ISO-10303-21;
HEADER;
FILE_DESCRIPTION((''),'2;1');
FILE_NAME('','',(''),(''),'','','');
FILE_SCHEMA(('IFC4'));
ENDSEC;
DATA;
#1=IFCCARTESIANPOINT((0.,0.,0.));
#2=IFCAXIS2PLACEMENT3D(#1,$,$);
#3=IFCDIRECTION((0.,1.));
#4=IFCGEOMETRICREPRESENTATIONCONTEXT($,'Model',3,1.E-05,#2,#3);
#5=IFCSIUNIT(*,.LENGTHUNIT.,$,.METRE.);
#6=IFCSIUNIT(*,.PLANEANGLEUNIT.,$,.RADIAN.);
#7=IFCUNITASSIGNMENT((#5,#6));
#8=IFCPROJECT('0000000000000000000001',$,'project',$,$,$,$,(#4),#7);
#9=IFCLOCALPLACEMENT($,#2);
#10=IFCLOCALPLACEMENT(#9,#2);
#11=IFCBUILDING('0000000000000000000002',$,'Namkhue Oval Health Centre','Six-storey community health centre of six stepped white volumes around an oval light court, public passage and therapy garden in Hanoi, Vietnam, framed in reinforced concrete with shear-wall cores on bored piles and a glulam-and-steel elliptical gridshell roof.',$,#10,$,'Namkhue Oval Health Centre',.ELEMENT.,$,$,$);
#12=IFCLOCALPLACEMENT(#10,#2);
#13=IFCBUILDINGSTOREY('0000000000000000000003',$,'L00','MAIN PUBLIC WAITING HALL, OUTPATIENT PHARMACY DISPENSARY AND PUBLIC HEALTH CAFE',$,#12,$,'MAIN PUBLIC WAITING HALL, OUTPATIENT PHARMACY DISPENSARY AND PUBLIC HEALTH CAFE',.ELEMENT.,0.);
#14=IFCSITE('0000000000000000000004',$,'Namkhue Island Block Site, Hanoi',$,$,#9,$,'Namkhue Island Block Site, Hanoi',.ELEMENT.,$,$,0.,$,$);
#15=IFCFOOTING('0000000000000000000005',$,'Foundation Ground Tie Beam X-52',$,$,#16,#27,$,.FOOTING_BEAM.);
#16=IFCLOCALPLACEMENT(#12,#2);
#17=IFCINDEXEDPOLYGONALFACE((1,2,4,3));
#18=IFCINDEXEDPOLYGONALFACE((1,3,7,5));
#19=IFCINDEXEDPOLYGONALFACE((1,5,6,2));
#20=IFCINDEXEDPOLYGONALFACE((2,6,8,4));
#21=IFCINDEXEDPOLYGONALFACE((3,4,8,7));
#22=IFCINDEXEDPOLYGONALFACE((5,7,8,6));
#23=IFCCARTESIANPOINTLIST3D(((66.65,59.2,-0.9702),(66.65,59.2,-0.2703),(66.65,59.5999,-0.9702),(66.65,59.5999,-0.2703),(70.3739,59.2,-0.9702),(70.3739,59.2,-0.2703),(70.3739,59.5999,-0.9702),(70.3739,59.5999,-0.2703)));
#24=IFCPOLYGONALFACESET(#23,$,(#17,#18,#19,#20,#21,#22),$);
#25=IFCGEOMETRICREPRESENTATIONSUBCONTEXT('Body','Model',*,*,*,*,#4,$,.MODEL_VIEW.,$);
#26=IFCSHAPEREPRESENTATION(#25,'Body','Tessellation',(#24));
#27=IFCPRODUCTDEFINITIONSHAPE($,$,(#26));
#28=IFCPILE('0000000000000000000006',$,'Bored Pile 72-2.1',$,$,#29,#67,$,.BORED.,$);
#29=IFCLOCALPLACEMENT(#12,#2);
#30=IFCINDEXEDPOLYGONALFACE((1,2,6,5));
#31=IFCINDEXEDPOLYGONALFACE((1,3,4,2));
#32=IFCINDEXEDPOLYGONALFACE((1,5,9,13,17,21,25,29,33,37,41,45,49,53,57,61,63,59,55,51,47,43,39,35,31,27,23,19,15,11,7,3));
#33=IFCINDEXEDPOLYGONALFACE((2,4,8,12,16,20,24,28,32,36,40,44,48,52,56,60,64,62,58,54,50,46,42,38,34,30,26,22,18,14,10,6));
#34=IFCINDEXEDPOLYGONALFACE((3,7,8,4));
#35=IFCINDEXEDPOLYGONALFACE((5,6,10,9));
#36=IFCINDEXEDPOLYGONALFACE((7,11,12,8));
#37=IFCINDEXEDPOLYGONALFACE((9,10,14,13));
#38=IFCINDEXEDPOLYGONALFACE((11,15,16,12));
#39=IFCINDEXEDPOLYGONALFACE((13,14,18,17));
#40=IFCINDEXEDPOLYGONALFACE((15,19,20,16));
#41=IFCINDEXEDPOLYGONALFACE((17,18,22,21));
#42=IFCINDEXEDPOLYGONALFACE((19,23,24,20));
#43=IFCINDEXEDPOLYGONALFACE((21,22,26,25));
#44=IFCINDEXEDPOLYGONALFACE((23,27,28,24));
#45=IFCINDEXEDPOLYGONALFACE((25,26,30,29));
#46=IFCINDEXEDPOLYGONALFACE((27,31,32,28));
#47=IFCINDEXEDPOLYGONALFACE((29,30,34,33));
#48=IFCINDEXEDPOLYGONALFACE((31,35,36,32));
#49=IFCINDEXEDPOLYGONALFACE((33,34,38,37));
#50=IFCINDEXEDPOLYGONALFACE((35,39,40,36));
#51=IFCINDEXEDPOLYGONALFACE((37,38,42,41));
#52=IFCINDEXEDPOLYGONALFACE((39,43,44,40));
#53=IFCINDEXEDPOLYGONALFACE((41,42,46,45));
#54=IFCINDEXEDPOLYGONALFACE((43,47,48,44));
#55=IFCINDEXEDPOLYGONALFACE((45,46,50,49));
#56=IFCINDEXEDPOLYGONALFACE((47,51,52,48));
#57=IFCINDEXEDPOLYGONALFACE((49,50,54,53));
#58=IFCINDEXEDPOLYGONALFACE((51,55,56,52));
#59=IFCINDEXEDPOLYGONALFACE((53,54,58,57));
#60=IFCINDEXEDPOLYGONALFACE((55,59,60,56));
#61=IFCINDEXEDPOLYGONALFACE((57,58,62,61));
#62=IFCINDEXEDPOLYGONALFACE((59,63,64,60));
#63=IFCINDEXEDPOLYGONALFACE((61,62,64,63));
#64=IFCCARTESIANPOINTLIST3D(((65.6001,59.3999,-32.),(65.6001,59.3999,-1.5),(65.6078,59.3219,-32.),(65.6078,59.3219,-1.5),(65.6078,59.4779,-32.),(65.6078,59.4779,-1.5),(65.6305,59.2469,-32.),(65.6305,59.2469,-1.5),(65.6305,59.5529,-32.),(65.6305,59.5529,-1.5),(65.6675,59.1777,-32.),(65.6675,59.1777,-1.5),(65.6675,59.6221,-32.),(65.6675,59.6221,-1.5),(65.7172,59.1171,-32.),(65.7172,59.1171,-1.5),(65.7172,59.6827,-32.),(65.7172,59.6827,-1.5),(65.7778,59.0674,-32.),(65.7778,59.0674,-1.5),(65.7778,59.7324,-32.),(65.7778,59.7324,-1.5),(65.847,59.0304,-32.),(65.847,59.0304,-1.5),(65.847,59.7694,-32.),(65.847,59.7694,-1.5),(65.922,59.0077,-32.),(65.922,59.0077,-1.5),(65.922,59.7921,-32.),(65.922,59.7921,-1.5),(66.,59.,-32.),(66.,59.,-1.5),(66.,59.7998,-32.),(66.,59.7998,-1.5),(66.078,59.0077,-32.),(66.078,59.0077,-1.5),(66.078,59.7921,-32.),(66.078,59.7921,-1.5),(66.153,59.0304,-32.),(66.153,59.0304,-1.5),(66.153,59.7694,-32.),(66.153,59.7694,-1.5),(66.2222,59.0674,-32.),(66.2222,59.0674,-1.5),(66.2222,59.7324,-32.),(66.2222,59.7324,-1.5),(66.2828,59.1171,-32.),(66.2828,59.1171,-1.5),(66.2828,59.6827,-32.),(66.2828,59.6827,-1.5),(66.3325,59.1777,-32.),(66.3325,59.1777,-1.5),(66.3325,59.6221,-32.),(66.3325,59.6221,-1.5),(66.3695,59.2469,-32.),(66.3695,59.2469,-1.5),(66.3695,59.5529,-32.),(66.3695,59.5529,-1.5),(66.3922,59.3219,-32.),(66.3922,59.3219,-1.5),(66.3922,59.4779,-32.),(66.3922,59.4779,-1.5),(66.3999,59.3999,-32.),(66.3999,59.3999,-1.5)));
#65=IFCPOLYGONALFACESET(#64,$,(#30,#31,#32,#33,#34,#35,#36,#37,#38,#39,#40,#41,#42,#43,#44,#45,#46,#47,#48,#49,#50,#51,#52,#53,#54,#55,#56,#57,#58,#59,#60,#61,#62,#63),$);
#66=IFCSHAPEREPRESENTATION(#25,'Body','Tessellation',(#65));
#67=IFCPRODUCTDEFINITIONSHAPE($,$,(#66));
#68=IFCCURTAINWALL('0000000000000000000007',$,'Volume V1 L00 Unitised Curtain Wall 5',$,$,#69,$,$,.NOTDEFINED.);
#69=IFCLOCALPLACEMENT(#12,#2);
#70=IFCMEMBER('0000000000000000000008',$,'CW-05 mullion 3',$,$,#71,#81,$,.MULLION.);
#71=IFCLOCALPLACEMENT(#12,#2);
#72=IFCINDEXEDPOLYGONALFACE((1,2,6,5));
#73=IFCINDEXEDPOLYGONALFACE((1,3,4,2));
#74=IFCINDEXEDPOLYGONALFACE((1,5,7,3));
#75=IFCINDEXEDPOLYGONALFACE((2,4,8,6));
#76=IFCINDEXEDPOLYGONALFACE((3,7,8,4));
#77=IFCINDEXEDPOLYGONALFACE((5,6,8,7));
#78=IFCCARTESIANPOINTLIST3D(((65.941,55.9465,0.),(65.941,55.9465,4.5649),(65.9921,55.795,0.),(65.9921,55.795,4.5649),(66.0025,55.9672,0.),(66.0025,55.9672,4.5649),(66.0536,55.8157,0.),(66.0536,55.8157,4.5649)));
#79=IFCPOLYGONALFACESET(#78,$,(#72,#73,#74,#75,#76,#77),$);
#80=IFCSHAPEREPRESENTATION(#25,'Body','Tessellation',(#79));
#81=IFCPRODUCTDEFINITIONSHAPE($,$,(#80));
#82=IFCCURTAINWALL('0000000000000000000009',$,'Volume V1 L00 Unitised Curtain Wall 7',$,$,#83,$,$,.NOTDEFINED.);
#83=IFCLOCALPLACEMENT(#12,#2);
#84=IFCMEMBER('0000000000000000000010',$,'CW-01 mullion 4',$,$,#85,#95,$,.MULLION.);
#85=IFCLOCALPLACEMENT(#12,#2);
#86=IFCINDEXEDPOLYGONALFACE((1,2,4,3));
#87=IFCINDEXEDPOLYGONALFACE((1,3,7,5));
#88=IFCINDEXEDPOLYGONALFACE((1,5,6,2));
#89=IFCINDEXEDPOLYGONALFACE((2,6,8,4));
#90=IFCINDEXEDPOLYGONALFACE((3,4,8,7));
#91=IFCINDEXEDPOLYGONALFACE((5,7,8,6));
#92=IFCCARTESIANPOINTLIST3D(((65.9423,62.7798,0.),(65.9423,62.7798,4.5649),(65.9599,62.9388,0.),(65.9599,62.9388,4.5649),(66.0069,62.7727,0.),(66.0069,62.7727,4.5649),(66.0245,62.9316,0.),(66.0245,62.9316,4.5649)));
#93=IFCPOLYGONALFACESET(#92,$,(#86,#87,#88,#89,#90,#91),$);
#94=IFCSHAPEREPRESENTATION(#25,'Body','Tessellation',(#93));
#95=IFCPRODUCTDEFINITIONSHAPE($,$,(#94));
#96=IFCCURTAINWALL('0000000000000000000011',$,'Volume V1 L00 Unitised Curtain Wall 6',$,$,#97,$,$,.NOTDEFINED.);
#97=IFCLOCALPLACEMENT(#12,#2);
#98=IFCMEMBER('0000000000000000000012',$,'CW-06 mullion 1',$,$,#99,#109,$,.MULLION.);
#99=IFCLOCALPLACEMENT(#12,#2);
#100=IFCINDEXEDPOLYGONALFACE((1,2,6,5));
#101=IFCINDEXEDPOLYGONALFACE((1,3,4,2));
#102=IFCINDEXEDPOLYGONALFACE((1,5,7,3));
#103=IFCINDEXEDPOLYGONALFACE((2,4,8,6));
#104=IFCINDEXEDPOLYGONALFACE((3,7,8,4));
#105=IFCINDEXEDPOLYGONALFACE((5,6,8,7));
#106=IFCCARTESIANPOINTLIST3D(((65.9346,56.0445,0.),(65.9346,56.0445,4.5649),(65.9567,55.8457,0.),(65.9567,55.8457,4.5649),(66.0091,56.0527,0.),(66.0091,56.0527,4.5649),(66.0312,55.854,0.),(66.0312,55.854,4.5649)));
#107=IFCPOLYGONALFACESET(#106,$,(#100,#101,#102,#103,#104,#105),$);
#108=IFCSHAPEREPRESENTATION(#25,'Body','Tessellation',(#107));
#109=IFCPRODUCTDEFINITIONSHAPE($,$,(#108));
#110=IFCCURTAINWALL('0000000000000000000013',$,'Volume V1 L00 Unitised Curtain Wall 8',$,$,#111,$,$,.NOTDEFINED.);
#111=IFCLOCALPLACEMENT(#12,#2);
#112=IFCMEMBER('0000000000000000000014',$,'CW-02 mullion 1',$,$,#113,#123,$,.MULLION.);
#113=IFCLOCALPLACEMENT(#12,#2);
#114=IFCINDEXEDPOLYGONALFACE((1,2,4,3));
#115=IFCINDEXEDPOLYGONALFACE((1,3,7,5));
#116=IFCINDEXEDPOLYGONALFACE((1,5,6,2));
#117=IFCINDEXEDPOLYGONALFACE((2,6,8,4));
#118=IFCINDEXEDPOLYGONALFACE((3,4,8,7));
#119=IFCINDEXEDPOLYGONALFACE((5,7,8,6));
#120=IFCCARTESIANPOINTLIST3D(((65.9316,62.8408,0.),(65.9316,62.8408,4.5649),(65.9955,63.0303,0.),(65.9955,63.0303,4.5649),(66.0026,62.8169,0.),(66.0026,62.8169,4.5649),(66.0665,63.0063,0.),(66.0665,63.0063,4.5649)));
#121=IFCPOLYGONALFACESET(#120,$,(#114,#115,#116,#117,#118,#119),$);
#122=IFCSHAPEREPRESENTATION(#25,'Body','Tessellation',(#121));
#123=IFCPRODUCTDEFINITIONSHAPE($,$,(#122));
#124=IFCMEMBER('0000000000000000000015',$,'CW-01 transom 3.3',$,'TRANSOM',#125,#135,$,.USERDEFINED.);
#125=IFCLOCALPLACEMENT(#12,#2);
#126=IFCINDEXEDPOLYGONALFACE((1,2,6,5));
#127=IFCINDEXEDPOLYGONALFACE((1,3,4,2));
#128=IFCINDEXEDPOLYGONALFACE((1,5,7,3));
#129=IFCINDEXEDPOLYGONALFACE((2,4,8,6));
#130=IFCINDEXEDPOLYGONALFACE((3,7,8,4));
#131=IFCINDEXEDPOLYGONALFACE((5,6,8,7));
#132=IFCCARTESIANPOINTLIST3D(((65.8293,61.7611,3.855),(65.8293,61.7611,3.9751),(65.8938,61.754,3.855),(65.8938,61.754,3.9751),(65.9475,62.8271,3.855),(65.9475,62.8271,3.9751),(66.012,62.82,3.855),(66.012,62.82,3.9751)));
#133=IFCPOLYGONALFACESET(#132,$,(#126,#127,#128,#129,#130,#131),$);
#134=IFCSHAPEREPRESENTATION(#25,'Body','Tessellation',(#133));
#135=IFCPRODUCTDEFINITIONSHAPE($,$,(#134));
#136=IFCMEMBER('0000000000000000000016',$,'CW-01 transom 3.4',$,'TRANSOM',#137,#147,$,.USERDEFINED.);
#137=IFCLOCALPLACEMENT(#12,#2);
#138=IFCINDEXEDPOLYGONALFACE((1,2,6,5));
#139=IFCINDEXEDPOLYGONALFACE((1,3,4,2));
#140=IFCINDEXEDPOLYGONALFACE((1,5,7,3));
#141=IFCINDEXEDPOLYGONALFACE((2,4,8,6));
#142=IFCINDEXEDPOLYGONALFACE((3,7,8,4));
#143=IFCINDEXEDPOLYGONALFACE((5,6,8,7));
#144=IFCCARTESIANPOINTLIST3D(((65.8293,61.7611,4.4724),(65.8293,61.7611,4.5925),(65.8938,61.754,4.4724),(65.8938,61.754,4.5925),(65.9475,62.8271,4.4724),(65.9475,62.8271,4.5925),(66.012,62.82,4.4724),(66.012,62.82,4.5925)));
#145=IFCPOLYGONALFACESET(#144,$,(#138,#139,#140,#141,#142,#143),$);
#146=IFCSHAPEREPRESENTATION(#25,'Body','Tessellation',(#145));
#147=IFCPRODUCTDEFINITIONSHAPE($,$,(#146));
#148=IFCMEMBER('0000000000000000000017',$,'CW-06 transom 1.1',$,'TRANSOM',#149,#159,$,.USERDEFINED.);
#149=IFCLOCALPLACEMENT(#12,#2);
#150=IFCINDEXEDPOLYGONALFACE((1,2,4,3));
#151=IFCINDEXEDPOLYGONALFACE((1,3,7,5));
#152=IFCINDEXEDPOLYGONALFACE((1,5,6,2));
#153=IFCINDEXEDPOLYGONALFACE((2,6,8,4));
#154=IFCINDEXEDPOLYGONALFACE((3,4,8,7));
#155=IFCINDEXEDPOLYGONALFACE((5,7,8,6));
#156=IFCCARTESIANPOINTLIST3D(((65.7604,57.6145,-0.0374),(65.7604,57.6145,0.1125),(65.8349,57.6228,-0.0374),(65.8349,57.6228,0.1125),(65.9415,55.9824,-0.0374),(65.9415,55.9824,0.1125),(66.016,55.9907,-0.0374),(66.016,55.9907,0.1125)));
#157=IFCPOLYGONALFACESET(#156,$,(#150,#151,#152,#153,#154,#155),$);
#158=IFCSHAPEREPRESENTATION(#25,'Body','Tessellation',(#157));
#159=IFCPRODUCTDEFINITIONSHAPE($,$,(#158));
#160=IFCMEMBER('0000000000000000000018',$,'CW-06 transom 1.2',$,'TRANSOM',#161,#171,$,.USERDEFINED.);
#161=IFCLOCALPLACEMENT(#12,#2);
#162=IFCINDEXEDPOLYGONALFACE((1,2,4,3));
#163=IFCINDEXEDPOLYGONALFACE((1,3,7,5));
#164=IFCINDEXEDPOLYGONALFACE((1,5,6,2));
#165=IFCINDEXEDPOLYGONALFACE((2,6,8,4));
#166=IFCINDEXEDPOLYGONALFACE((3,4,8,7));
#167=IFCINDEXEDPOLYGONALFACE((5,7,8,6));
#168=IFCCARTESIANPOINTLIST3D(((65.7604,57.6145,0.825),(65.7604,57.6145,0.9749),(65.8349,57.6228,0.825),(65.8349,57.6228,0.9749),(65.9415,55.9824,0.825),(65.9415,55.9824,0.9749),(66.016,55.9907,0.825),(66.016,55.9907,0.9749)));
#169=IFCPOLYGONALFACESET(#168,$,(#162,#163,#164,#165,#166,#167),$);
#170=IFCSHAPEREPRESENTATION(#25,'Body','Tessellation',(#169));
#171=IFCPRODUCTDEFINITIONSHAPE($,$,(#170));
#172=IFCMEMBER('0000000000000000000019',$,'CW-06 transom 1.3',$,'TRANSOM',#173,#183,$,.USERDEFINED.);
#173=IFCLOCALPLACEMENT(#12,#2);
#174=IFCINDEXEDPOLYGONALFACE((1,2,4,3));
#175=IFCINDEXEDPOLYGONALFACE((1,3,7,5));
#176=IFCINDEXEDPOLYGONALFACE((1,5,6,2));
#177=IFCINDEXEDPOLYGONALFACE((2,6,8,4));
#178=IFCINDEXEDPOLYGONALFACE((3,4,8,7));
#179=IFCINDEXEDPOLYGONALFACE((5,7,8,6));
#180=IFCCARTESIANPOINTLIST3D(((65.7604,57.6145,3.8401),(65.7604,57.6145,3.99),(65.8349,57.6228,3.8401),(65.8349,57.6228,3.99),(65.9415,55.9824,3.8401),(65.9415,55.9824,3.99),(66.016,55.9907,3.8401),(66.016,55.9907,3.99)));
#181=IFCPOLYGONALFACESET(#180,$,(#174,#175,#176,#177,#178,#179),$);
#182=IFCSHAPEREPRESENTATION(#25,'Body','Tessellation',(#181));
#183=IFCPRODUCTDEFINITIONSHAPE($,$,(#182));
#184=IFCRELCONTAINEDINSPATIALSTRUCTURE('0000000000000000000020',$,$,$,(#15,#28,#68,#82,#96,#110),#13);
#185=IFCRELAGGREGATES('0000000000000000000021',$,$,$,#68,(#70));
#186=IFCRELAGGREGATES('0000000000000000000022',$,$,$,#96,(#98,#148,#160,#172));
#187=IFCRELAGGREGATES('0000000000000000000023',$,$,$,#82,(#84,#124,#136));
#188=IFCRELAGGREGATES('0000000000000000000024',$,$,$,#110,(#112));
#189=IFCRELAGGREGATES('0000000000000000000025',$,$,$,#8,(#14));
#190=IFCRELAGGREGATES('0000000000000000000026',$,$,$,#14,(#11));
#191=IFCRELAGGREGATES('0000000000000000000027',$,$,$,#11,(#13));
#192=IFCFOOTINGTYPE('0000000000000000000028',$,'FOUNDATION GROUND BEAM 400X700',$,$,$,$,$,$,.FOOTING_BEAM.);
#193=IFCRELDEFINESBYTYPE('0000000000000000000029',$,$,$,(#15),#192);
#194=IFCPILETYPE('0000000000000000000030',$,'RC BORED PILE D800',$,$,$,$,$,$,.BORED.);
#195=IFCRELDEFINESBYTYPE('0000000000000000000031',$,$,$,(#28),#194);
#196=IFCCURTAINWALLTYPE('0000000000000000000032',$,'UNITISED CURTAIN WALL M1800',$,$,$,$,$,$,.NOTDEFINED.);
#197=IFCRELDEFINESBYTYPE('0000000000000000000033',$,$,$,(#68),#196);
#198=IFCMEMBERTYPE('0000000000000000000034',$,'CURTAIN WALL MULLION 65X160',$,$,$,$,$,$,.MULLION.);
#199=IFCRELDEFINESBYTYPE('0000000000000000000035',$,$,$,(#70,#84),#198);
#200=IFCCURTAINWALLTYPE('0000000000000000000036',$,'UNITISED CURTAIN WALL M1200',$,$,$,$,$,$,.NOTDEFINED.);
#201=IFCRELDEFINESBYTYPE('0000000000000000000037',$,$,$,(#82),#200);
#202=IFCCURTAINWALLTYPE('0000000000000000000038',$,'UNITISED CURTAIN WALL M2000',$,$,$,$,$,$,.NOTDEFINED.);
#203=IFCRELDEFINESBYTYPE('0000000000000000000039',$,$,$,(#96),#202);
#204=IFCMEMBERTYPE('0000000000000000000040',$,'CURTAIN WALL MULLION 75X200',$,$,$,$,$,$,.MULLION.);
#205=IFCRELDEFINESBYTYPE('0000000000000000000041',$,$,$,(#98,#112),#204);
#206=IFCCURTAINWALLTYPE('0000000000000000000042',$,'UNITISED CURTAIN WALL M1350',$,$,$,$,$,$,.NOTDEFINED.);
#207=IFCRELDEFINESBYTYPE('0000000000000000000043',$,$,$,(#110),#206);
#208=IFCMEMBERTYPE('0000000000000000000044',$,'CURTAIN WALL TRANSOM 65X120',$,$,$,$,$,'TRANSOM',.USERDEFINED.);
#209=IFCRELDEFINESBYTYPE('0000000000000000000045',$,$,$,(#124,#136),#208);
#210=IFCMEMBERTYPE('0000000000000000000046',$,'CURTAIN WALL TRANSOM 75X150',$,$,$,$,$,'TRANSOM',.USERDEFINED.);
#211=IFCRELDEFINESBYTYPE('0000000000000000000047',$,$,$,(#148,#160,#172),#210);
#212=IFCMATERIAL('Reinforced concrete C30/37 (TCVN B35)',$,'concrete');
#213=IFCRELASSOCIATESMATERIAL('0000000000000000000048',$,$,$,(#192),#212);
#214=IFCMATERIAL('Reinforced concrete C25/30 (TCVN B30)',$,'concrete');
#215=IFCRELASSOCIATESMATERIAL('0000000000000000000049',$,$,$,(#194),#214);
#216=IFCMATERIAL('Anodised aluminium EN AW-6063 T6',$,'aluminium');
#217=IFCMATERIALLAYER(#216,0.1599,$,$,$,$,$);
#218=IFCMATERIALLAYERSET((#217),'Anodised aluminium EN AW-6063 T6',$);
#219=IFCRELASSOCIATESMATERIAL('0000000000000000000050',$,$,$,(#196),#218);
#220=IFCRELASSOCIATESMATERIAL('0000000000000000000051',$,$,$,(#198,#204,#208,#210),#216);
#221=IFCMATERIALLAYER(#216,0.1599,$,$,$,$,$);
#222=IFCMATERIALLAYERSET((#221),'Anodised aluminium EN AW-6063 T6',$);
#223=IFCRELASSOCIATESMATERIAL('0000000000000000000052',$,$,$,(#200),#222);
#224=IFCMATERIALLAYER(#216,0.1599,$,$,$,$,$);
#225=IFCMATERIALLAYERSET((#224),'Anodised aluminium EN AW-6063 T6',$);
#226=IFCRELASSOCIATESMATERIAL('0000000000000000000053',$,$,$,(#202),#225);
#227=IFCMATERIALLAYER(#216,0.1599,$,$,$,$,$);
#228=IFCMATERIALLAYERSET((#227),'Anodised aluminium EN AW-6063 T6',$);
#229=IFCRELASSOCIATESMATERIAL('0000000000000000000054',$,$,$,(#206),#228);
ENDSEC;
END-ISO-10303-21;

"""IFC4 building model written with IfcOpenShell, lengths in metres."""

from ifc_helpers import new_model, si_unit, direction, frame, origin, origin_2d, place, context, subcontext, project, spatial, rectangle, circle, extrude, material, layer, layer_set, material_profile, profile_set, type_object, element, aggregate, save


model = new_model("IFC4")

# Units and contexts
model_context = context("Model", 3, precision=1e-05, world=origin(), true_north=direction((0.0, 1.0)))
body_context = subcontext(model_context, "Body", "Model", "MODEL_VIEW")
ifc_project = project(units=[si_unit("LENGTHUNIT", "METRE"), si_unit("PLANEANGLEUNIT", "RADIAN")], contexts=[model_context])

# Site, building, storey
site_placement = place(None, origin())
site = spatial("IfcSite", under=ifc_project, at=site_placement, Name="Namkhue Island Block Site, Hanoi", LongName="Namkhue Island Block Site, Hanoi", CompositionType="ELEMENT", RefElevation=0.0)
building_placement = place(site_placement, origin())
building = spatial("IfcBuilding", under=site, at=building_placement, Name="Namkhue Oval Health Centre", Description="Six-storey community health centre of six stepped white volumes around an oval light court, public passage and therapy garden in Hanoi, Vietnam, framed in reinforced concrete with shear-wall cores on bored piles and a glulam-and-steel elliptical gridshell roof.", LongName="Namkhue Oval Health Centre", CompositionType="ELEMENT")
storey_placement = place(building_placement, origin())
storey = spatial("IfcBuildingStorey", under=building, at=storey_placement, Name="L00", Description="MAIN PUBLIC WAITING HALL, OUTPATIENT PHARMACY DISPENSARY AND PUBLIC HEALTH CAFE", LongName="MAIN PUBLIC WAITING HALL, OUTPATIENT PHARMACY DISPENSARY AND PUBLIC HEALTH CAFE", CompositionType="ELEMENT", Elevation=0.0)

# Footing
ifc_material_1 = material(Name="Reinforced concrete C30/37 (TCVN B35)", Category="concrete")
footing_type = type_object("IfcFootingType", Name="FOUNDATION GROUND BEAM 400X700", PredefinedType="FOOTING_BEAM", material=ifc_material_1)
footing_placement = place(storey_placement, frame((68.512, 59.3999, -0.9702), z_axis=(0.0, 0.0, 1.0), x_axis=(1.0, 0.0, 0.0)))
element("IfcFooting", 1, at=footing_placement, inside=storey, type_object=footing_type, Name="Foundation Ground Tie Beam X-52", PredefinedType="FOOTING_BEAM", context=body_context, shape_type="SweptSolid", body=[
    extrude(rectangle(XDim=3.7239, YDim=0.3999, at=origin_2d()), origin(), (0.0, 0.0, 1.0), 0.7),
])

# Pile
ifc_material_2 = material(Name="Reinforced concrete C25/30 (TCVN B30)", Category="concrete")
ifc_material_profile_1 = material_profile(ifc_material_2, circle(Radius=0.3999, at=origin_2d()), Name="BORED PILE D800")
ifc_profile_set_1 = profile_set([ifc_material_profile_1], Name="Reinforced concrete C25/30 (TCVN B30)")
pile_type = type_object("IfcPileType", Name="RC BORED PILE D800", PredefinedType="BORED", material=ifc_profile_set_1)
pile_placement = place(storey_placement, frame((66.0, 59.3999, -1.5), z_axis=(0.0, 0.0, -1.0), x_axis=(1.0, 0.0, 0.0)))
element("IfcPile", 2, at=pile_placement, inside=storey, type_object=pile_type, Name="Bored Pile 72-2.1", PredefinedType="BORED", context=body_context, shape_type="SweptSolid", body=[
    extrude(circle(Radius=0.3999, at=origin_2d()), origin(), (0.0, 0.0, 1.0), 30.5),
])

# Curtain walls, members
ifc_material_3 = material(Name="Anodised aluminium EN AW-6063 T6", Category="aluminium")
ifc_layer_1 = layer(ifc_material_3, 0.1599)
ifc_layer_set_1 = layer_set([ifc_layer_1], Name="Anodised aluminium EN AW-6063 T6")
curtain_wall_type_1 = type_object("IfcCurtainWallType", Name="UNITISED CURTAIN WALL M1800", PredefinedType="NOTDEFINED", material=ifc_layer_set_1)
curtain_wall_1_placement = place(storey_placement, origin())
curtain_wall_1 = element("IfcCurtainWall", 3, at=curtain_wall_1_placement, inside=storey, type_object=curtain_wall_type_1, Name="Volume V1 L00 Unitised Curtain Wall 5", PredefinedType="NOTDEFINED")
ifc_material_profile_2 = material_profile(ifc_material_3, rectangle(XDim=0.0649, YDim=0.1599, at=origin_2d()), Name="ALU 65x160")
ifc_profile_set_2 = profile_set([ifc_material_profile_2], Name="Anodised aluminium EN AW-6063 T6")
member_type_1 = type_object("IfcMemberType", Name="CURTAIN WALL MULLION 65X160", PredefinedType="MULLION", material=ifc_profile_set_2)
member_1_placement = place(storey_placement, frame((65.9973, 55.8811, 0.0), z_axis=(0.0, 0.0, 1.0), x_axis=(-0.947539, -0.319642, 0.0)))
member_1 = element("IfcMember", 4, at=member_1_placement, type_object=member_type_1, Name="CW-05 mullion 3", PredefinedType="MULLION", context=body_context, shape_type="SweptSolid", body=[
    extrude(rectangle(XDim=0.0649, YDim=0.1599, at=origin_2d()), origin(), (0.0, 0.0, 1.0), 4.5649),
])
ifc_layer_2 = layer(ifc_material_3, 0.1599)
ifc_layer_set_2 = layer_set([ifc_layer_2], Name="Anodised aluminium EN AW-6063 T6")
curtain_wall_type_2 = type_object("IfcCurtainWallType", Name="UNITISED CURTAIN WALL M1200", PredefinedType="NOTDEFINED", material=ifc_layer_set_2)
curtain_wall_2_placement = place(storey_placement, origin())
curtain_wall_2 = element("IfcCurtainWall", 5, at=curtain_wall_2_placement, inside=storey, type_object=curtain_wall_type_2, Name="Volume V1 L00 Unitised Curtain Wall 7", PredefinedType="NOTDEFINED")
member_2_placement = place(storey_placement, frame((65.9834, 62.8557, 0.0), z_axis=(0.0, 0.0, 1.0), x_axis=(-0.993901, 0.110275, 0.0)))
member_2 = element("IfcMember", 6, at=member_2_placement, type_object=member_type_1, Name="CW-01 mullion 4", PredefinedType="MULLION", context=body_context, shape_type="SweptSolid", body=[
    extrude(rectangle(XDim=0.0649, YDim=0.1599, at=origin_2d()), origin(), (0.0, 0.0, 1.0), 4.5649),
])
ifc_layer_3 = layer(ifc_material_3, 0.1599)
ifc_layer_set_3 = layer_set([ifc_layer_3], Name="Anodised aluminium EN AW-6063 T6")
curtain_wall_type_3 = type_object("IfcCurtainWallType", Name="UNITISED CURTAIN WALL M2000", PredefinedType="NOTDEFINED", material=ifc_layer_set_3)
curtain_wall_3_placement = place(storey_placement, origin())
curtain_wall_3 = element("IfcCurtainWall", 7, at=curtain_wall_3_placement, inside=storey, type_object=curtain_wall_type_3, Name="Volume V1 L00 Unitised Curtain Wall 6", PredefinedType="NOTDEFINED")
ifc_material_profile_3 = material_profile(ifc_material_3, rectangle(XDim=0.075, YDim=0.2, at=origin_2d()), Name="ALU 75x200")
ifc_profile_set_3 = profile_set([ifc_material_profile_3], Name="Anodised aluminium EN AW-6063 T6")
member_type_2 = type_object("IfcMemberType", Name="CURTAIN WALL MULLION 75X200", PredefinedType="MULLION", material=ifc_profile_set_3)
member_3_placement = place(storey_placement, frame((65.9829, 55.9492, 0.0), z_axis=(0.0, 0.0, 1.0), x_axis=(-0.993901, -0.110275, 0.0)))
member_3 = element("IfcMember", 8, at=member_3_placement, type_object=member_type_2, Name="CW-06 mullion 1", PredefinedType="MULLION", context=body_context, shape_type="SweptSolid", body=[
    extrude(rectangle(XDim=0.075, YDim=0.2, at=origin_2d()), origin(), (0.0, 0.0, 1.0), 4.5649),
])
ifc_layer_4 = layer(ifc_material_3, 0.1599)
ifc_layer_set_4 = layer_set([ifc_layer_4], Name="Anodised aluminium EN AW-6063 T6")
curtain_wall_type_4 = type_object("IfcCurtainWallType", Name="UNITISED CURTAIN WALL M1350", PredefinedType="NOTDEFINED", material=ifc_layer_set_4)
curtain_wall_4_placement = place(storey_placement, origin())
curtain_wall_4 = element("IfcCurtainWall", 9, at=curtain_wall_4_placement, inside=storey, type_object=curtain_wall_type_4, Name="Volume V1 L00 Unitised Curtain Wall 8", PredefinedType="NOTDEFINED")
member_4_placement = place(storey_placement, frame((65.999, 62.9236, 0.0), z_axis=(0.0, 0.0, 1.0), x_axis=(-0.947539, 0.319642, 0.0)))
member_4 = element("IfcMember", 10, at=member_4_placement, type_object=member_type_2, Name="CW-02 mullion 1", PredefinedType="MULLION", context=body_context, shape_type="SweptSolid", body=[
    extrude(rectangle(XDim=0.075, YDim=0.2, at=origin_2d()), origin(), (0.0, 0.0, 1.0), 4.5649),
])

# Members
ifc_material_profile_4 = material_profile(ifc_material_3, rectangle(XDim=0.0649, YDim=0.1201, at=origin_2d()), Name="ALU 65x120")
ifc_profile_set_4 = profile_set([ifc_material_profile_4], Name="Anodised aluminium EN AW-6063 T6")
member_type_3 = type_object("IfcMemberType", Name="CURTAIN WALL TRANSOM 65X120", ElementType="TRANSOM", PredefinedType="USERDEFINED", material=ifc_profile_set_4)
member_5_placement = place(storey_placement, frame((65.8616, 61.7576, 3.915), z_axis=(0.110182, 0.993911, 0.0), x_axis=(-0.993911, 0.110182, 0.0)))
member_5 = element("IfcMember", 11, at=member_5_placement, type_object=member_type_3, Name="CW-01 transom 3.3", ObjectType="TRANSOM", PredefinedType="USERDEFINED", context=body_context, shape_type="SweptSolid", body=[
    extrude(rectangle(XDim=0.0649, YDim=0.1201, at=origin_2d()), origin(), (0.0, 0.0, 1.0), 1.0725),
])
member_6_placement = place(storey_placement, frame((65.8616, 61.7576, 4.5325), z_axis=(0.110182, 0.993911, 0.0), x_axis=(-0.993911, 0.110182, 0.0)))
member_6 = element("IfcMember", 12, at=member_6_placement, type_object=member_type_3, Name="CW-01 transom 3.4", ObjectType="TRANSOM", PredefinedType="USERDEFINED", context=body_context, shape_type="SweptSolid", body=[
    extrude(rectangle(XDim=0.0649, YDim=0.1201, at=origin_2d()), origin(), (0.0, 0.0, 1.0), 1.0725),
])
ifc_material_profile_5 = material_profile(ifc_material_3, rectangle(XDim=0.075, YDim=0.1499, at=origin_2d()), Name="ALU 75x150")
ifc_profile_set_5 = profile_set([ifc_material_profile_5], Name="Anodised aluminium EN AW-6063 T6")
member_type_4 = type_object("IfcMemberType", Name="CURTAIN WALL TRANSOM 75X150", ElementType="TRANSOM", PredefinedType="USERDEFINED", material=ifc_profile_set_5)
member_7_placement = place(storey_placement, frame((65.9788, 55.9866, 0.0376), z_axis=(-0.110317, 0.993896, 0.0), x_axis=(-0.993896, -0.110317, 0.0)))
member_7 = element("IfcMember", 13, at=member_7_placement, type_object=member_type_4, Name="CW-06 transom 1.1", ObjectType="TRANSOM", PredefinedType="USERDEFINED", context=body_context, shape_type="SweptSolid", body=[
    extrude(rectangle(XDim=0.075, YDim=0.1499, at=origin_2d()), origin(), (0.0, 0.0, 1.0), 1.6421),
])
member_8_placement = place(storey_placement, frame((65.9788, 55.9866, 0.8999), z_axis=(-0.110317, 0.993896, 0.0), x_axis=(-0.993896, -0.110317, 0.0)))
member_8 = element("IfcMember", 14, at=member_8_placement, type_object=member_type_4, Name="CW-06 transom 1.2", ObjectType="TRANSOM", PredefinedType="USERDEFINED", context=body_context, shape_type="SweptSolid", body=[
    extrude(rectangle(XDim=0.075, YDim=0.1499, at=origin_2d()), origin(), (0.0, 0.0, 1.0), 1.6421),
])
member_9_placement = place(storey_placement, frame((65.9788, 55.9866, 3.915), z_axis=(-0.110317, 0.993896, 0.0), x_axis=(-0.993896, -0.110317, 0.0)))
member_9 = element("IfcMember", 15, at=member_9_placement, type_object=member_type_4, Name="CW-06 transom 1.3", ObjectType="TRANSOM", PredefinedType="USERDEFINED", context=body_context, shape_type="SweptSolid", body=[
    extrude(rectangle(XDim=0.075, YDim=0.1499, at=origin_2d()), origin(), (0.0, 0.0, 1.0), 1.6421),
])

aggregate(curtain_wall_1, [member_1])
aggregate(curtain_wall_3, [member_3, member_7, member_8, member_9])
aggregate(curtain_wall_2, [member_2, member_5, member_6])
aggregate(curtain_wall_4, [member_4])

save(model, "model.ifc")
